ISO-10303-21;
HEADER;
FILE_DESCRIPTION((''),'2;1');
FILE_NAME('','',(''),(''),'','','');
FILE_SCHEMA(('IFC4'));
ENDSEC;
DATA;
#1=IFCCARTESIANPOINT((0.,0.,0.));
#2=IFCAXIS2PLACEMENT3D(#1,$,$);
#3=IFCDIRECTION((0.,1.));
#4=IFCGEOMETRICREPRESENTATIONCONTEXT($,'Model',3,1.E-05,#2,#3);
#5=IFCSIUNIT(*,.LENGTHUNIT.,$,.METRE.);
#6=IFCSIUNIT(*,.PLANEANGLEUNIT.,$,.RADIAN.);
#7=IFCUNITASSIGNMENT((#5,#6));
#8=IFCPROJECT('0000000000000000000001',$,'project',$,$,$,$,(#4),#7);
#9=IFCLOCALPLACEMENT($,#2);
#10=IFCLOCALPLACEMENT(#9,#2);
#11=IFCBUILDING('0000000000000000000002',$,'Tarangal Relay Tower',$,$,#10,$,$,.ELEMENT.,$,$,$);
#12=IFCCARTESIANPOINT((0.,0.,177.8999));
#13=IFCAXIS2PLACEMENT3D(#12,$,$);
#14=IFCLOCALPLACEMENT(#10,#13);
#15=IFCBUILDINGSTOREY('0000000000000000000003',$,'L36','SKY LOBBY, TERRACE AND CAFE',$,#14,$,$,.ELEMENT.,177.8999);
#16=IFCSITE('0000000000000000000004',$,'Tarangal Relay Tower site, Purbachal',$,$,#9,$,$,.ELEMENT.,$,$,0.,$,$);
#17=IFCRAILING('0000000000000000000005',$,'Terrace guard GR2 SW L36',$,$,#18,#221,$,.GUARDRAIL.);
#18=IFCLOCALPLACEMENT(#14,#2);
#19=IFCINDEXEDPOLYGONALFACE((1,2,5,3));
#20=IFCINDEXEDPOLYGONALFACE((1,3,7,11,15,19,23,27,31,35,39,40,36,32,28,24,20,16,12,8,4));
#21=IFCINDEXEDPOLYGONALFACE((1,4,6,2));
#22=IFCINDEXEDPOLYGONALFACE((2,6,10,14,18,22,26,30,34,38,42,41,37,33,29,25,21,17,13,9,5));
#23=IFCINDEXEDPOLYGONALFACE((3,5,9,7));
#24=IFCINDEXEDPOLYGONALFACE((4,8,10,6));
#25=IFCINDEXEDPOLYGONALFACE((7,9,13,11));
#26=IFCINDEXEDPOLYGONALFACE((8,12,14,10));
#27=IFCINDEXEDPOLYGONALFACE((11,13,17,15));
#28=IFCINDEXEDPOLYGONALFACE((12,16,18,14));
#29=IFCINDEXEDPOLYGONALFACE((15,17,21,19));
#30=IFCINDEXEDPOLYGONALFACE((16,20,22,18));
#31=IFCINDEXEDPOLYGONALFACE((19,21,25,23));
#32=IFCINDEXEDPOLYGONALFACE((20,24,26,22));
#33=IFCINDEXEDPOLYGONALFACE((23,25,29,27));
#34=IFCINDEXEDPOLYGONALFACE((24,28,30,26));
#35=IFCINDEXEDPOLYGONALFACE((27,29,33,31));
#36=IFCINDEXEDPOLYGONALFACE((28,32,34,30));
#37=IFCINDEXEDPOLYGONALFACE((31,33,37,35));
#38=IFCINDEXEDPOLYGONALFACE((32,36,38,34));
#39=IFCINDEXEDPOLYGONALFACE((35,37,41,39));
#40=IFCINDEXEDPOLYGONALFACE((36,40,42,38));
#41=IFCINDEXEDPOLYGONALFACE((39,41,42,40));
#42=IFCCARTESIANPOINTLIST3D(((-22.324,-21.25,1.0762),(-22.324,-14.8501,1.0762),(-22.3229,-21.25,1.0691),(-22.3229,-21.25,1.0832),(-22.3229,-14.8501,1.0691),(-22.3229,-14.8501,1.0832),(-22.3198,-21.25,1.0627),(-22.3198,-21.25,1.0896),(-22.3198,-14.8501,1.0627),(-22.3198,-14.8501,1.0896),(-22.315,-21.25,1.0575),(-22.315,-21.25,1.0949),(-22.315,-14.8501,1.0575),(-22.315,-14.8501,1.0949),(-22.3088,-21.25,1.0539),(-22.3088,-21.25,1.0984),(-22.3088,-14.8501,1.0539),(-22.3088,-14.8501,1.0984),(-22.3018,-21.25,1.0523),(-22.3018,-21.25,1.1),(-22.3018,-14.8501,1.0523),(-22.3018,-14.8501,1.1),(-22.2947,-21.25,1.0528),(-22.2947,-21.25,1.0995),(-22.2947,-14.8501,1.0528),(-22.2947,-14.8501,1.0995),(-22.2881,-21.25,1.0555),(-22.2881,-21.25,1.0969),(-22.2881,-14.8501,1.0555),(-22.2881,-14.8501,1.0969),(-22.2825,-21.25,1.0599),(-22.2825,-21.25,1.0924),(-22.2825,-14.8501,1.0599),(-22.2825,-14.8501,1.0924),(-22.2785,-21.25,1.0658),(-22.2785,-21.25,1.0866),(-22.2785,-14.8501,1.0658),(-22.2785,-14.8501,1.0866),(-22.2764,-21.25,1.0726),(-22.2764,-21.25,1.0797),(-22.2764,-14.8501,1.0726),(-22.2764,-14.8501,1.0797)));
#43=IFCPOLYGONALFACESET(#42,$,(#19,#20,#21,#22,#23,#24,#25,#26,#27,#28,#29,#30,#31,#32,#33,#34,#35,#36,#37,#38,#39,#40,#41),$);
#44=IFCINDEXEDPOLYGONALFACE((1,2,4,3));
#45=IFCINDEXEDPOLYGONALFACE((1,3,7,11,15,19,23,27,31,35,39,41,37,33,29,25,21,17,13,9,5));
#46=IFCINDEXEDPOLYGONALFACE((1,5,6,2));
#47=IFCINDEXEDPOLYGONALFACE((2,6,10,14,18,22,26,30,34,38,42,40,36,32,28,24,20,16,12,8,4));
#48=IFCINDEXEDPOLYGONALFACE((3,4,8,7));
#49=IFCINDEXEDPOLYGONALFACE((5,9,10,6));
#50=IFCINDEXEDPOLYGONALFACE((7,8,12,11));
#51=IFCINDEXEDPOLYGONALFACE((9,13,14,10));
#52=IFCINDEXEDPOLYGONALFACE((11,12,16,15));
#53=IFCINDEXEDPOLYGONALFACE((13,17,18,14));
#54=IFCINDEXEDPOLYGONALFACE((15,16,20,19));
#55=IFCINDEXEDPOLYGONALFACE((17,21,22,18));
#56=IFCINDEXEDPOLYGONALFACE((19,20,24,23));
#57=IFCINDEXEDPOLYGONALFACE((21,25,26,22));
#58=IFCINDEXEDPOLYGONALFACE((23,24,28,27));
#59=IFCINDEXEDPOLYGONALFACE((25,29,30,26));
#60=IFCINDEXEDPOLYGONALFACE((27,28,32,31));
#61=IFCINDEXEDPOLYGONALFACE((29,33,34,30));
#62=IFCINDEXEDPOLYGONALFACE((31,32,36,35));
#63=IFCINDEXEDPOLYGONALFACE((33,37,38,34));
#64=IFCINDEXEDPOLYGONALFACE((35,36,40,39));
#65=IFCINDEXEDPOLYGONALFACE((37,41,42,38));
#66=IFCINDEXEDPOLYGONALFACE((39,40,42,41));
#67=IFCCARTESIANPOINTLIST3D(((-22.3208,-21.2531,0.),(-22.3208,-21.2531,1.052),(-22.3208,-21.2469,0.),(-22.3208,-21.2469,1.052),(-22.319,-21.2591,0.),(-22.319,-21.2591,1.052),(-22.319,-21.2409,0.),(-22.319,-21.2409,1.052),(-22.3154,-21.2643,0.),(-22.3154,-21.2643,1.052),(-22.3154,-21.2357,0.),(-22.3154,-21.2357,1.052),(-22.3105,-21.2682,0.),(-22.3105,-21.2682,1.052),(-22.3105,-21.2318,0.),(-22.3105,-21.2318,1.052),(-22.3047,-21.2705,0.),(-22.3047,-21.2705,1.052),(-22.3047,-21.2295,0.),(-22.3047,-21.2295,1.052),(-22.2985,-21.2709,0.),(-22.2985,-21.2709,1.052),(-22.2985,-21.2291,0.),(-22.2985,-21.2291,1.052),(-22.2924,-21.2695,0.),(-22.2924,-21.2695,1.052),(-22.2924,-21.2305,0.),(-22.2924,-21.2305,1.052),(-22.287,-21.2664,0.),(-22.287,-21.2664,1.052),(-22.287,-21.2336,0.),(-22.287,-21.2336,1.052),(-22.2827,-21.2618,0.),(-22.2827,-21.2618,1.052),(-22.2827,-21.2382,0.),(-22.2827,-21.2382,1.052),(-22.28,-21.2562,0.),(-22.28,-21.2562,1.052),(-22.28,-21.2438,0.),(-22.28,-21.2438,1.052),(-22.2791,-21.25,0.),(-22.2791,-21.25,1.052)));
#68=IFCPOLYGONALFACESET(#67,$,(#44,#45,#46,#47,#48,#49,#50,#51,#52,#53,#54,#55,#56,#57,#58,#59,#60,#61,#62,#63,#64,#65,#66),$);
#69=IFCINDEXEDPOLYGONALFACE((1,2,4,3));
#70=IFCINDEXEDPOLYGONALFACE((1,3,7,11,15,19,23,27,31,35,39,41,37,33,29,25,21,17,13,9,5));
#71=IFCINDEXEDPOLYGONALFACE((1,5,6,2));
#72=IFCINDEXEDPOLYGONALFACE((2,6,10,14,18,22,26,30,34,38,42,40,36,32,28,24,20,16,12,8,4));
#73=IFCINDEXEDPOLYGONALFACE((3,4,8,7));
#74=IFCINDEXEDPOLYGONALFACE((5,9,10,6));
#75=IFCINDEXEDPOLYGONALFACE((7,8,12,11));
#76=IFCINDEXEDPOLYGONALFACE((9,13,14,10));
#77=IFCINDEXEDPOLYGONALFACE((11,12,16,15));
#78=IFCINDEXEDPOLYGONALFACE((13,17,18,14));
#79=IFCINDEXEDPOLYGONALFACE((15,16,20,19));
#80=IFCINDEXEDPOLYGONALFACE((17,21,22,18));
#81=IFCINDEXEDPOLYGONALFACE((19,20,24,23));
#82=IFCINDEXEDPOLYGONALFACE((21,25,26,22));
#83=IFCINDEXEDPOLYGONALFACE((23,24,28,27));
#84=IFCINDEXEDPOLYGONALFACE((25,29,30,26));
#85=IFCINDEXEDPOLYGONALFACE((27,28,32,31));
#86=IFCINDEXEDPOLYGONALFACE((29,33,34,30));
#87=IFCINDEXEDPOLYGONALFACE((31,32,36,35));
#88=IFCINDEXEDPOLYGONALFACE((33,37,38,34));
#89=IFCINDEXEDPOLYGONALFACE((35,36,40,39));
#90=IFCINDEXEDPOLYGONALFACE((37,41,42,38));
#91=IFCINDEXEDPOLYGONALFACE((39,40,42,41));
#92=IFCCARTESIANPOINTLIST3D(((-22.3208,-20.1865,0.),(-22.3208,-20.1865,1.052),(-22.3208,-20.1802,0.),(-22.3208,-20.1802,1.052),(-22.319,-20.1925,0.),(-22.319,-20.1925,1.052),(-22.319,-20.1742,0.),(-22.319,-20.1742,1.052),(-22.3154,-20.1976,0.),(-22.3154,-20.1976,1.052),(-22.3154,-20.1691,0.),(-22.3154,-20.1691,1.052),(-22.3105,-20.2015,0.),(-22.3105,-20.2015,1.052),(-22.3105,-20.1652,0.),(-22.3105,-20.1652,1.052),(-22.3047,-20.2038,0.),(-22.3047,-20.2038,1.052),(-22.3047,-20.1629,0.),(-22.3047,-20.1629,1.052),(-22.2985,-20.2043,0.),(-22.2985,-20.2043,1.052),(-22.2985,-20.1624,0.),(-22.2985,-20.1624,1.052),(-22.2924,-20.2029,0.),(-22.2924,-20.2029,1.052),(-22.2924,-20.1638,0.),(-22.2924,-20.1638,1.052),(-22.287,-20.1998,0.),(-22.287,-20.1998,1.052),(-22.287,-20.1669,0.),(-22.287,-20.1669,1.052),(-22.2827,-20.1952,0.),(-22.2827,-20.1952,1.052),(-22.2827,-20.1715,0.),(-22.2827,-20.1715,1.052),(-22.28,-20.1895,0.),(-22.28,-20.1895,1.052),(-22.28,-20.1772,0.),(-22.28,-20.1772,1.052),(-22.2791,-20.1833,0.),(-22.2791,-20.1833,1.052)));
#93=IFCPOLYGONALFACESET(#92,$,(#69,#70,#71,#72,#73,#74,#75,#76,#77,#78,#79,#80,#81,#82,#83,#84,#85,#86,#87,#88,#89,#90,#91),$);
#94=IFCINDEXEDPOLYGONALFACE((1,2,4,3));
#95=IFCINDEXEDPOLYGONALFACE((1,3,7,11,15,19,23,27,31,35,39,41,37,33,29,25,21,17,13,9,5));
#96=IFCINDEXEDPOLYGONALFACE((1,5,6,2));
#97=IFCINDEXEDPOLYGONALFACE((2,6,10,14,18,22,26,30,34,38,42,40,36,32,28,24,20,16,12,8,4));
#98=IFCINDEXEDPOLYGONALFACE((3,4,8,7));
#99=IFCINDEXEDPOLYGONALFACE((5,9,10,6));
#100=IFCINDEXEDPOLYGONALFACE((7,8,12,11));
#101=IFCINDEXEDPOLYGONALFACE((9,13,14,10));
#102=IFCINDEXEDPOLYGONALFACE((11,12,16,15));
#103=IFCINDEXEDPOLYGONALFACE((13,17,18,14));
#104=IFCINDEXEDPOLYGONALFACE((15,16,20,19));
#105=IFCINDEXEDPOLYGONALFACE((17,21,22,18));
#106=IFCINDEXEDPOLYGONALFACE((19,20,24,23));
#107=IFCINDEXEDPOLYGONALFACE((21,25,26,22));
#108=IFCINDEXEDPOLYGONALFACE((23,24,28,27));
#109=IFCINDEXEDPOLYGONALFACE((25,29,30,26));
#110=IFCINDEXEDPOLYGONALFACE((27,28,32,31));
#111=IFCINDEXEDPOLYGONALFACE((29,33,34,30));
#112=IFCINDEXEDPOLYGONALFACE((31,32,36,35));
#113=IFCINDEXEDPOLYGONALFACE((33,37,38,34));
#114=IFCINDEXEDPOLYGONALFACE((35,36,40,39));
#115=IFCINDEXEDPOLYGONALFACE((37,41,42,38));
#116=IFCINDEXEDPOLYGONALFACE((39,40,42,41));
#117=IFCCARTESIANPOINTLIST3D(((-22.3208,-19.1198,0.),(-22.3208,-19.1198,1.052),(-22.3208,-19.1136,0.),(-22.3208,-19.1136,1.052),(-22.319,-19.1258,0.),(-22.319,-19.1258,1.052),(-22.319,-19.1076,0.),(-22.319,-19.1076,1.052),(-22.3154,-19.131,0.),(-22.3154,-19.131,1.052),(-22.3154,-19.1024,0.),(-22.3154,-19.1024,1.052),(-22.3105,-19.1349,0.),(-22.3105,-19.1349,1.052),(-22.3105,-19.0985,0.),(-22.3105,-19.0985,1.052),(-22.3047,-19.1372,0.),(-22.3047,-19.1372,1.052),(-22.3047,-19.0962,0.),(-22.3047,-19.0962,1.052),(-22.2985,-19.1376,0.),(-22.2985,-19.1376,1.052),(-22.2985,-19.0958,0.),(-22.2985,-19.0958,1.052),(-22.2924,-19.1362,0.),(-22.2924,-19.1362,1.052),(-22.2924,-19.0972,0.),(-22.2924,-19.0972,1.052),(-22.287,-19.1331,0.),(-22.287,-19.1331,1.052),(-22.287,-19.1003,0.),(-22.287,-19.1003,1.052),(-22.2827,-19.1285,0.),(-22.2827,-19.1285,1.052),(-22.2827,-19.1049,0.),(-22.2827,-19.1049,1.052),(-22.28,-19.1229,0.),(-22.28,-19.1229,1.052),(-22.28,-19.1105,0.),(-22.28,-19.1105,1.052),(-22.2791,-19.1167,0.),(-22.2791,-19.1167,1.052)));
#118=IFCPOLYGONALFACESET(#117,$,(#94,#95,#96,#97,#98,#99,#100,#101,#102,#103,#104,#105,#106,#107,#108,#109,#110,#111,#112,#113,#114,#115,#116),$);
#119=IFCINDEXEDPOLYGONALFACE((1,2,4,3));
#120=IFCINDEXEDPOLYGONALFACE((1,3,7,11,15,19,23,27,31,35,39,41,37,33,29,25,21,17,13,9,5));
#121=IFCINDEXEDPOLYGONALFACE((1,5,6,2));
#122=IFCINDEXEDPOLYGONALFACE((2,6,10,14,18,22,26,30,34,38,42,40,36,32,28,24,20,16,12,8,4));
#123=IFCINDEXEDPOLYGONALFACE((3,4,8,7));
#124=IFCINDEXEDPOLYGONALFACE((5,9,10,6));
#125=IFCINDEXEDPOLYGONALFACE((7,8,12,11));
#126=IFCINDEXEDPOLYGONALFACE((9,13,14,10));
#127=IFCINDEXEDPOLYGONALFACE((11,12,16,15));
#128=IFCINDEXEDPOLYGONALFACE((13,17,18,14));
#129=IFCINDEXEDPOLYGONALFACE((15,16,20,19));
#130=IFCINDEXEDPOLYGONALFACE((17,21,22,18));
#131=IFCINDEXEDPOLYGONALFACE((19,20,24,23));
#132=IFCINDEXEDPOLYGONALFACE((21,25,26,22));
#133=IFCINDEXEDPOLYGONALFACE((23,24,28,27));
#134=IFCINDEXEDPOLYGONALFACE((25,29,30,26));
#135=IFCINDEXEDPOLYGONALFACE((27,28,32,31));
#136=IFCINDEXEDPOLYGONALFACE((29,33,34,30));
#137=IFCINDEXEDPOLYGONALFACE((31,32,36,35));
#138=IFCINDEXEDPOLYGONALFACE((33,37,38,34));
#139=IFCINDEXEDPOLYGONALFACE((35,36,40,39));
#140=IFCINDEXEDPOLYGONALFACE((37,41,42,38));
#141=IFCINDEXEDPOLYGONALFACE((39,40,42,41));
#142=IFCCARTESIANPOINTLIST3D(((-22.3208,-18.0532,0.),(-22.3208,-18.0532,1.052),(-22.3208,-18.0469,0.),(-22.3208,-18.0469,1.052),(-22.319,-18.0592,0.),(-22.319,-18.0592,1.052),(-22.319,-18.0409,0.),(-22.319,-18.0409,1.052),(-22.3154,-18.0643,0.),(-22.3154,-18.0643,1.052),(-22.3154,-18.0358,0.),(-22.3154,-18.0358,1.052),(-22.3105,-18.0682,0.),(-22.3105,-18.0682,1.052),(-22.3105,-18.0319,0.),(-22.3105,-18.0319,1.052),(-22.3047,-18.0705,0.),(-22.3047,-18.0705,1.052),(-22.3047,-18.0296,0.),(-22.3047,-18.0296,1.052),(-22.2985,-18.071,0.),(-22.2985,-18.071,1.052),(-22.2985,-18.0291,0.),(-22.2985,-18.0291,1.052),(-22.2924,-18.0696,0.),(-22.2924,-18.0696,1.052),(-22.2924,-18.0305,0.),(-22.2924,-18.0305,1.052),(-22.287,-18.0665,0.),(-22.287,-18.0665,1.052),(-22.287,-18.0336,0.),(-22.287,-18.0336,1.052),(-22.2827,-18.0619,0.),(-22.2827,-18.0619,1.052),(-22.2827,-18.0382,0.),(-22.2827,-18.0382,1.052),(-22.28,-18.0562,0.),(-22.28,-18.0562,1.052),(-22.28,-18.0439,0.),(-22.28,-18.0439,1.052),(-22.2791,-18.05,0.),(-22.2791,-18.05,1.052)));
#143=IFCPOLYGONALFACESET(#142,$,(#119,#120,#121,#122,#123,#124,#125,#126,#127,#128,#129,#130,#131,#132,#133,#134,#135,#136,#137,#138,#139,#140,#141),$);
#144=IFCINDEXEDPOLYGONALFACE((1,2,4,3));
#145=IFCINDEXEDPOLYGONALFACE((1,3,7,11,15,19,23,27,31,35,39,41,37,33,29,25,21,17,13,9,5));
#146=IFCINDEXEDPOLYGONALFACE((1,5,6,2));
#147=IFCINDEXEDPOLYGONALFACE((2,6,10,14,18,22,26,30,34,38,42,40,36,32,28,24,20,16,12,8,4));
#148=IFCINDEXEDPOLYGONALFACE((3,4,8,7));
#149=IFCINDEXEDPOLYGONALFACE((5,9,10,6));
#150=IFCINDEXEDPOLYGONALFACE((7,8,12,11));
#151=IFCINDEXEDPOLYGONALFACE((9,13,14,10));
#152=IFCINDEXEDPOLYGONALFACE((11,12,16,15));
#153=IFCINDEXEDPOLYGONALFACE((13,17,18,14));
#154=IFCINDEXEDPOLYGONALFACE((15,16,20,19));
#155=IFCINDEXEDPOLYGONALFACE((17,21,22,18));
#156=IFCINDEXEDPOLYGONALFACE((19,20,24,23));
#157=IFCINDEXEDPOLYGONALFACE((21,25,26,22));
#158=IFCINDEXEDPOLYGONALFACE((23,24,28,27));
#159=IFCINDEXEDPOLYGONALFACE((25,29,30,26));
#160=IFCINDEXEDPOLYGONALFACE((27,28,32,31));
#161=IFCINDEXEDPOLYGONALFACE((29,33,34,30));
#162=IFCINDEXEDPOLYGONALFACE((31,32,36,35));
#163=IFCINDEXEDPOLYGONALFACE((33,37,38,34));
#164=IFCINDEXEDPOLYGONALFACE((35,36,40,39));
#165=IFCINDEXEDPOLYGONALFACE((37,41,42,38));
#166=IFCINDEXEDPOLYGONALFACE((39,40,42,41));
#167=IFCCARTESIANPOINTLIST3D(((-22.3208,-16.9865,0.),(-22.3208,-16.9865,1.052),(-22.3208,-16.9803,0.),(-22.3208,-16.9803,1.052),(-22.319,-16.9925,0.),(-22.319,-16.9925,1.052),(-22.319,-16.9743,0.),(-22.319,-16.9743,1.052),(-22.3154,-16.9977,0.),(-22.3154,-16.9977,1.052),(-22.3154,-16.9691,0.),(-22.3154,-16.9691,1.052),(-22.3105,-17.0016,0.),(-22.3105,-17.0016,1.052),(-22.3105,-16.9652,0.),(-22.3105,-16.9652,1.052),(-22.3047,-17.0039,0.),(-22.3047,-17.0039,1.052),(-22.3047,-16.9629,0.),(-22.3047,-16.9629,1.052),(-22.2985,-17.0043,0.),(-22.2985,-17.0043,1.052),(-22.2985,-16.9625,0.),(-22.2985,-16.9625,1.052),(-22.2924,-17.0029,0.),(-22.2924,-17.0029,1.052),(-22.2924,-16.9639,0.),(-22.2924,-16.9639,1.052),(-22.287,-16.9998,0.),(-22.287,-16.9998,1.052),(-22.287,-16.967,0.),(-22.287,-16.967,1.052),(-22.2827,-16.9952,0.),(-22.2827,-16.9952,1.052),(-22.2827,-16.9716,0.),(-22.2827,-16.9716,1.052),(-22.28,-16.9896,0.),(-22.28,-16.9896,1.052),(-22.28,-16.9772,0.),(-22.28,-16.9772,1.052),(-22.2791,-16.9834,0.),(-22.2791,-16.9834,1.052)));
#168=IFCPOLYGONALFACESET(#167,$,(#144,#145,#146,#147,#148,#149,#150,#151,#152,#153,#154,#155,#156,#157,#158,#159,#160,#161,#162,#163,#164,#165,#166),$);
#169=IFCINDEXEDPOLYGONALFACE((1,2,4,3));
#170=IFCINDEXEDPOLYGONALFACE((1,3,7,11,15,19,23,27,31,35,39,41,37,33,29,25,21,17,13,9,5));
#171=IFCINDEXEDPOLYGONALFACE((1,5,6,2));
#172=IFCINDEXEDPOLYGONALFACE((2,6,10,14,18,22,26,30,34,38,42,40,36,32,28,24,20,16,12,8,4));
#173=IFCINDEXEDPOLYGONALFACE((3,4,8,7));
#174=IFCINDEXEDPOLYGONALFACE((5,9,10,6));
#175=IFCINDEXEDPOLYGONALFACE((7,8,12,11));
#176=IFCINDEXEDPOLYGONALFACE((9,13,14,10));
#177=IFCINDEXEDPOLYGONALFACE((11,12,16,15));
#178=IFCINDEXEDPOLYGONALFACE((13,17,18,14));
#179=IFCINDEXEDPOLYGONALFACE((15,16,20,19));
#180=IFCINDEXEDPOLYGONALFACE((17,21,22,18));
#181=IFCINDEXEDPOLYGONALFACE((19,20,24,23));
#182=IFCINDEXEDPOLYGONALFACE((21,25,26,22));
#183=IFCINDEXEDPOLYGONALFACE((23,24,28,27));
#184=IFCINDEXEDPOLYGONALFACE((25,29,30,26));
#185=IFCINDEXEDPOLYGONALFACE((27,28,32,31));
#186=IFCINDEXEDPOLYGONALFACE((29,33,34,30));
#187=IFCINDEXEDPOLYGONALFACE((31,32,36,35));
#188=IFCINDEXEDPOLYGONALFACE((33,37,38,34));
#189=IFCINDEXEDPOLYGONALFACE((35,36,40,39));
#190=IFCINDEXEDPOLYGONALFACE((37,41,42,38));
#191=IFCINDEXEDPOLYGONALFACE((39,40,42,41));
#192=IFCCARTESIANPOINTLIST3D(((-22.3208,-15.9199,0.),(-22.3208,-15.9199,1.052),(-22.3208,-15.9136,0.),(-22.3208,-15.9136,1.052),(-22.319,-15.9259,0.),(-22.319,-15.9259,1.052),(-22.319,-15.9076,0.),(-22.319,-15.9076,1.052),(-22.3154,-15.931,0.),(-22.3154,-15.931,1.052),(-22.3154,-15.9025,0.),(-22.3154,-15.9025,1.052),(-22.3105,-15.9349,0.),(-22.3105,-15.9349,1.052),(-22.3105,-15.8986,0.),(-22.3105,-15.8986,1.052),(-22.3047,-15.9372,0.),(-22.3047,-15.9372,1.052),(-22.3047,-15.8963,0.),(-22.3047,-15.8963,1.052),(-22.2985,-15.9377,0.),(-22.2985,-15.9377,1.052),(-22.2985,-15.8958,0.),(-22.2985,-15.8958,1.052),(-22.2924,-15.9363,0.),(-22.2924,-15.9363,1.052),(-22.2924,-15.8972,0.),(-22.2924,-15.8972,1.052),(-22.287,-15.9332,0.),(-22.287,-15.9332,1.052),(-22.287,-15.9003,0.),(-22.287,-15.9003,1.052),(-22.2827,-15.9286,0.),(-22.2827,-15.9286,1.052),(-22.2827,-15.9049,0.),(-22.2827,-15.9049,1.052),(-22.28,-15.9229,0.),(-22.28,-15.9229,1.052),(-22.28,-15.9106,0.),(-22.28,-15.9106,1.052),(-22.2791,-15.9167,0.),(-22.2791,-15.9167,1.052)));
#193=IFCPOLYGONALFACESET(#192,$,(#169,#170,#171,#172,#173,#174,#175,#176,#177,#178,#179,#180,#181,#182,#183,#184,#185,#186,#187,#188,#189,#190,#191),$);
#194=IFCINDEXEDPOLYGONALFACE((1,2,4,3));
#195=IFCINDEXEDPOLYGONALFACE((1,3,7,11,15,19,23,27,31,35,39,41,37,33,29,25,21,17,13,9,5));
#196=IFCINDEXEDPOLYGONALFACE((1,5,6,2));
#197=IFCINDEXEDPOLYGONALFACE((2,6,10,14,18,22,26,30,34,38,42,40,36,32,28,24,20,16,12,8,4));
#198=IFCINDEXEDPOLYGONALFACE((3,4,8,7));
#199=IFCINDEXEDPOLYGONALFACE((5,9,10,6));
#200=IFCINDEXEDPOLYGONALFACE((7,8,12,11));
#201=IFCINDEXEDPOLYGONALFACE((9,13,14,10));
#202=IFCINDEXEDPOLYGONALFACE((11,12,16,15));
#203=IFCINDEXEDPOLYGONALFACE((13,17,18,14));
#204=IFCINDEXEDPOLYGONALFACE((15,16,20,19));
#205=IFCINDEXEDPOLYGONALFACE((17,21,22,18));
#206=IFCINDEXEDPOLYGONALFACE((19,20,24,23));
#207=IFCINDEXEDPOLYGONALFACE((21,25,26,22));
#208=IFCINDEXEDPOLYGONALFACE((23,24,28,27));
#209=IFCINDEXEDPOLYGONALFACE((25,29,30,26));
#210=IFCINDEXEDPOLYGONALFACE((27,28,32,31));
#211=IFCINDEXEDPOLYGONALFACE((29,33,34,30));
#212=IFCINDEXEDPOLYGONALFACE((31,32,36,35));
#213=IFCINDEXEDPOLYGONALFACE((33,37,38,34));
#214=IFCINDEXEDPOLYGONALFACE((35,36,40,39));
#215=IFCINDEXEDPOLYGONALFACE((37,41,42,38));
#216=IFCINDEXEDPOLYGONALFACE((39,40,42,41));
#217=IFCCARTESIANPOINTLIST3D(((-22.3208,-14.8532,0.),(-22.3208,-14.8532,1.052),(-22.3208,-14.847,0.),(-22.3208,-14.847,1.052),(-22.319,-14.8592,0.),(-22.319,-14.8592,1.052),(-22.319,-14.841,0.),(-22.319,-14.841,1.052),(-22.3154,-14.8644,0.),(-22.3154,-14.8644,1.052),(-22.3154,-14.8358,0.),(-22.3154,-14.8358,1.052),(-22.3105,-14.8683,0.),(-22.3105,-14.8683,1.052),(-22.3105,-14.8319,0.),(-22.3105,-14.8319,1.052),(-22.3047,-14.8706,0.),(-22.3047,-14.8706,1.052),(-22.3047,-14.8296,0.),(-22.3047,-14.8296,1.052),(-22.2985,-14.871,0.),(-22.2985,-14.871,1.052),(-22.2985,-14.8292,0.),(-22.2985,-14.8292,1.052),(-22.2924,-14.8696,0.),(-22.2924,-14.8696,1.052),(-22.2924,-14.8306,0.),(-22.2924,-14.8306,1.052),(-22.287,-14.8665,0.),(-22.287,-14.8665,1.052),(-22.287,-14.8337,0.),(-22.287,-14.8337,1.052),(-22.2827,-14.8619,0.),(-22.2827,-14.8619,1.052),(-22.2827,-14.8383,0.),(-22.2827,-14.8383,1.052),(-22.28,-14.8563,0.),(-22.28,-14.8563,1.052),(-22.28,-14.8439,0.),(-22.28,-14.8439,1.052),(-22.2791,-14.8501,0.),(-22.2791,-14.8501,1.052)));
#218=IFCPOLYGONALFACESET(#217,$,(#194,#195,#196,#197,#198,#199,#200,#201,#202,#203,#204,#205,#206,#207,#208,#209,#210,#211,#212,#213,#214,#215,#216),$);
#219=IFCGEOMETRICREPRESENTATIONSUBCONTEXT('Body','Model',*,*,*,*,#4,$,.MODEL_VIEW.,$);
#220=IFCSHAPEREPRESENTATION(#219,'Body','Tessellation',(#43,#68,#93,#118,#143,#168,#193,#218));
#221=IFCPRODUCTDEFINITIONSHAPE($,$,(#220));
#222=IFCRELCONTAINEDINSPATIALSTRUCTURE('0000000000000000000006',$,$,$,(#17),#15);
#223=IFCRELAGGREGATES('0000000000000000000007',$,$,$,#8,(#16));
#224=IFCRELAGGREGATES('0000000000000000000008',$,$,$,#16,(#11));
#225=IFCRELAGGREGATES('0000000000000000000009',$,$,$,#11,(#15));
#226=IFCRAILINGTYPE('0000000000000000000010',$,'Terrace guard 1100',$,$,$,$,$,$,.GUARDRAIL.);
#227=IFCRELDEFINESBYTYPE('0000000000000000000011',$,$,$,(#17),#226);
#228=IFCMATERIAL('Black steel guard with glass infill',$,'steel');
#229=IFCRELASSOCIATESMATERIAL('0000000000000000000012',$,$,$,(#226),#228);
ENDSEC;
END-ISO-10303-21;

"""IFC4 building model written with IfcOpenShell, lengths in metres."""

from ifc_helpers import new_model, si_unit, direction, frame, origin, origin_2d, place, context, subcontext, project, spatial, circle, extrude, material, type_object, element, save


model = new_model("IFC4")

# Units and contexts
model_context = context("Model", 3, precision=1e-05, world=origin(), true_north=direction((0.0, 1.0)))
body_context = subcontext(model_context, "Body", "Model", "MODEL_VIEW")
ifc_project = project(units=[si_unit("LENGTHUNIT", "METRE"), si_unit("PLANEANGLEUNIT", "RADIAN")], contexts=[model_context])

# Site, building, storey
site_placement = place(None, origin())
site = spatial("IfcSite", under=ifc_project, at=site_placement, Name="Tarangal Relay Tower site, Purbachal", CompositionType="ELEMENT", RefElevation=0.0)
building_placement = place(site_placement, origin())
building = spatial("IfcBuilding", under=site, at=building_placement, Name="Tarangal Relay Tower", CompositionType="ELEMENT")
storey_placement = place(building_placement, frame((0.0, 0.0, 177.8999)))
storey = spatial("IfcBuildingStorey", under=building, at=storey_placement, Name="L36", Description="SKY LOBBY, TERRACE AND CAFE", CompositionType="ELEMENT", Elevation=177.8999)

# Railing
ifc_material_1 = material(Name="Black steel guard with glass infill", Category="steel")
railing_type = type_object("IfcRailingType", Name="Terrace guard 1100", PredefinedType="GUARDRAIL", material=ifc_material_1)
railing_1_placement = place(storey_placement, frame((-22.3, -21.25, 0.0)))
element("IfcRailing", 1, at=railing_1_placement, inside=storey, type_object=railing_type, Name="Terrace guard GR2 SW L36", PredefinedType="GUARDRAIL", context=body_context, shape_type="SweptSolid", body=[
    extrude(circle(Radius=0.0239, at=origin_2d()), frame((0.0, 0.0, 1.0762), z_axis=(0.0, 1.0, 0.0), x_axis=(-1.0, 0.0, 0.0)), (0.0, 0.0, 1.0), 6.3999),
    extrude(circle(Radius=0.021, at=origin_2d()), origin(), (0.0, 0.0, 1.0), 1.052),
    extrude(circle(Radius=0.021, at=origin_2d()), frame((0.0, 1.0667, 0.0)), (0.0, 0.0, 1.0), 1.052),
    extrude(circle(Radius=0.021, at=origin_2d()), frame((0.0, 2.1333, 0.0)), (0.0, 0.0, 1.0), 1.052),
    extrude(circle(Radius=0.021, at=origin_2d()), frame((0.0, 3.2, 0.0)), (0.0, 0.0, 1.0), 1.052),
    extrude(circle(Radius=0.021, at=origin_2d()), frame((0.0, 4.2666, 0.0)), (0.0, 0.0, 1.0), 1.052),
    extrude(circle(Radius=0.021, at=origin_2d()), frame((0.0, 5.3333, 0.0)), (0.0, 0.0, 1.0), 1.052),
    extrude(circle(Radius=0.021, at=origin_2d()), frame((0.0, 6.3999, 0.0)), (0.0, 0.0, 1.0), 1.052),
])

save(model, "model.ifc")
